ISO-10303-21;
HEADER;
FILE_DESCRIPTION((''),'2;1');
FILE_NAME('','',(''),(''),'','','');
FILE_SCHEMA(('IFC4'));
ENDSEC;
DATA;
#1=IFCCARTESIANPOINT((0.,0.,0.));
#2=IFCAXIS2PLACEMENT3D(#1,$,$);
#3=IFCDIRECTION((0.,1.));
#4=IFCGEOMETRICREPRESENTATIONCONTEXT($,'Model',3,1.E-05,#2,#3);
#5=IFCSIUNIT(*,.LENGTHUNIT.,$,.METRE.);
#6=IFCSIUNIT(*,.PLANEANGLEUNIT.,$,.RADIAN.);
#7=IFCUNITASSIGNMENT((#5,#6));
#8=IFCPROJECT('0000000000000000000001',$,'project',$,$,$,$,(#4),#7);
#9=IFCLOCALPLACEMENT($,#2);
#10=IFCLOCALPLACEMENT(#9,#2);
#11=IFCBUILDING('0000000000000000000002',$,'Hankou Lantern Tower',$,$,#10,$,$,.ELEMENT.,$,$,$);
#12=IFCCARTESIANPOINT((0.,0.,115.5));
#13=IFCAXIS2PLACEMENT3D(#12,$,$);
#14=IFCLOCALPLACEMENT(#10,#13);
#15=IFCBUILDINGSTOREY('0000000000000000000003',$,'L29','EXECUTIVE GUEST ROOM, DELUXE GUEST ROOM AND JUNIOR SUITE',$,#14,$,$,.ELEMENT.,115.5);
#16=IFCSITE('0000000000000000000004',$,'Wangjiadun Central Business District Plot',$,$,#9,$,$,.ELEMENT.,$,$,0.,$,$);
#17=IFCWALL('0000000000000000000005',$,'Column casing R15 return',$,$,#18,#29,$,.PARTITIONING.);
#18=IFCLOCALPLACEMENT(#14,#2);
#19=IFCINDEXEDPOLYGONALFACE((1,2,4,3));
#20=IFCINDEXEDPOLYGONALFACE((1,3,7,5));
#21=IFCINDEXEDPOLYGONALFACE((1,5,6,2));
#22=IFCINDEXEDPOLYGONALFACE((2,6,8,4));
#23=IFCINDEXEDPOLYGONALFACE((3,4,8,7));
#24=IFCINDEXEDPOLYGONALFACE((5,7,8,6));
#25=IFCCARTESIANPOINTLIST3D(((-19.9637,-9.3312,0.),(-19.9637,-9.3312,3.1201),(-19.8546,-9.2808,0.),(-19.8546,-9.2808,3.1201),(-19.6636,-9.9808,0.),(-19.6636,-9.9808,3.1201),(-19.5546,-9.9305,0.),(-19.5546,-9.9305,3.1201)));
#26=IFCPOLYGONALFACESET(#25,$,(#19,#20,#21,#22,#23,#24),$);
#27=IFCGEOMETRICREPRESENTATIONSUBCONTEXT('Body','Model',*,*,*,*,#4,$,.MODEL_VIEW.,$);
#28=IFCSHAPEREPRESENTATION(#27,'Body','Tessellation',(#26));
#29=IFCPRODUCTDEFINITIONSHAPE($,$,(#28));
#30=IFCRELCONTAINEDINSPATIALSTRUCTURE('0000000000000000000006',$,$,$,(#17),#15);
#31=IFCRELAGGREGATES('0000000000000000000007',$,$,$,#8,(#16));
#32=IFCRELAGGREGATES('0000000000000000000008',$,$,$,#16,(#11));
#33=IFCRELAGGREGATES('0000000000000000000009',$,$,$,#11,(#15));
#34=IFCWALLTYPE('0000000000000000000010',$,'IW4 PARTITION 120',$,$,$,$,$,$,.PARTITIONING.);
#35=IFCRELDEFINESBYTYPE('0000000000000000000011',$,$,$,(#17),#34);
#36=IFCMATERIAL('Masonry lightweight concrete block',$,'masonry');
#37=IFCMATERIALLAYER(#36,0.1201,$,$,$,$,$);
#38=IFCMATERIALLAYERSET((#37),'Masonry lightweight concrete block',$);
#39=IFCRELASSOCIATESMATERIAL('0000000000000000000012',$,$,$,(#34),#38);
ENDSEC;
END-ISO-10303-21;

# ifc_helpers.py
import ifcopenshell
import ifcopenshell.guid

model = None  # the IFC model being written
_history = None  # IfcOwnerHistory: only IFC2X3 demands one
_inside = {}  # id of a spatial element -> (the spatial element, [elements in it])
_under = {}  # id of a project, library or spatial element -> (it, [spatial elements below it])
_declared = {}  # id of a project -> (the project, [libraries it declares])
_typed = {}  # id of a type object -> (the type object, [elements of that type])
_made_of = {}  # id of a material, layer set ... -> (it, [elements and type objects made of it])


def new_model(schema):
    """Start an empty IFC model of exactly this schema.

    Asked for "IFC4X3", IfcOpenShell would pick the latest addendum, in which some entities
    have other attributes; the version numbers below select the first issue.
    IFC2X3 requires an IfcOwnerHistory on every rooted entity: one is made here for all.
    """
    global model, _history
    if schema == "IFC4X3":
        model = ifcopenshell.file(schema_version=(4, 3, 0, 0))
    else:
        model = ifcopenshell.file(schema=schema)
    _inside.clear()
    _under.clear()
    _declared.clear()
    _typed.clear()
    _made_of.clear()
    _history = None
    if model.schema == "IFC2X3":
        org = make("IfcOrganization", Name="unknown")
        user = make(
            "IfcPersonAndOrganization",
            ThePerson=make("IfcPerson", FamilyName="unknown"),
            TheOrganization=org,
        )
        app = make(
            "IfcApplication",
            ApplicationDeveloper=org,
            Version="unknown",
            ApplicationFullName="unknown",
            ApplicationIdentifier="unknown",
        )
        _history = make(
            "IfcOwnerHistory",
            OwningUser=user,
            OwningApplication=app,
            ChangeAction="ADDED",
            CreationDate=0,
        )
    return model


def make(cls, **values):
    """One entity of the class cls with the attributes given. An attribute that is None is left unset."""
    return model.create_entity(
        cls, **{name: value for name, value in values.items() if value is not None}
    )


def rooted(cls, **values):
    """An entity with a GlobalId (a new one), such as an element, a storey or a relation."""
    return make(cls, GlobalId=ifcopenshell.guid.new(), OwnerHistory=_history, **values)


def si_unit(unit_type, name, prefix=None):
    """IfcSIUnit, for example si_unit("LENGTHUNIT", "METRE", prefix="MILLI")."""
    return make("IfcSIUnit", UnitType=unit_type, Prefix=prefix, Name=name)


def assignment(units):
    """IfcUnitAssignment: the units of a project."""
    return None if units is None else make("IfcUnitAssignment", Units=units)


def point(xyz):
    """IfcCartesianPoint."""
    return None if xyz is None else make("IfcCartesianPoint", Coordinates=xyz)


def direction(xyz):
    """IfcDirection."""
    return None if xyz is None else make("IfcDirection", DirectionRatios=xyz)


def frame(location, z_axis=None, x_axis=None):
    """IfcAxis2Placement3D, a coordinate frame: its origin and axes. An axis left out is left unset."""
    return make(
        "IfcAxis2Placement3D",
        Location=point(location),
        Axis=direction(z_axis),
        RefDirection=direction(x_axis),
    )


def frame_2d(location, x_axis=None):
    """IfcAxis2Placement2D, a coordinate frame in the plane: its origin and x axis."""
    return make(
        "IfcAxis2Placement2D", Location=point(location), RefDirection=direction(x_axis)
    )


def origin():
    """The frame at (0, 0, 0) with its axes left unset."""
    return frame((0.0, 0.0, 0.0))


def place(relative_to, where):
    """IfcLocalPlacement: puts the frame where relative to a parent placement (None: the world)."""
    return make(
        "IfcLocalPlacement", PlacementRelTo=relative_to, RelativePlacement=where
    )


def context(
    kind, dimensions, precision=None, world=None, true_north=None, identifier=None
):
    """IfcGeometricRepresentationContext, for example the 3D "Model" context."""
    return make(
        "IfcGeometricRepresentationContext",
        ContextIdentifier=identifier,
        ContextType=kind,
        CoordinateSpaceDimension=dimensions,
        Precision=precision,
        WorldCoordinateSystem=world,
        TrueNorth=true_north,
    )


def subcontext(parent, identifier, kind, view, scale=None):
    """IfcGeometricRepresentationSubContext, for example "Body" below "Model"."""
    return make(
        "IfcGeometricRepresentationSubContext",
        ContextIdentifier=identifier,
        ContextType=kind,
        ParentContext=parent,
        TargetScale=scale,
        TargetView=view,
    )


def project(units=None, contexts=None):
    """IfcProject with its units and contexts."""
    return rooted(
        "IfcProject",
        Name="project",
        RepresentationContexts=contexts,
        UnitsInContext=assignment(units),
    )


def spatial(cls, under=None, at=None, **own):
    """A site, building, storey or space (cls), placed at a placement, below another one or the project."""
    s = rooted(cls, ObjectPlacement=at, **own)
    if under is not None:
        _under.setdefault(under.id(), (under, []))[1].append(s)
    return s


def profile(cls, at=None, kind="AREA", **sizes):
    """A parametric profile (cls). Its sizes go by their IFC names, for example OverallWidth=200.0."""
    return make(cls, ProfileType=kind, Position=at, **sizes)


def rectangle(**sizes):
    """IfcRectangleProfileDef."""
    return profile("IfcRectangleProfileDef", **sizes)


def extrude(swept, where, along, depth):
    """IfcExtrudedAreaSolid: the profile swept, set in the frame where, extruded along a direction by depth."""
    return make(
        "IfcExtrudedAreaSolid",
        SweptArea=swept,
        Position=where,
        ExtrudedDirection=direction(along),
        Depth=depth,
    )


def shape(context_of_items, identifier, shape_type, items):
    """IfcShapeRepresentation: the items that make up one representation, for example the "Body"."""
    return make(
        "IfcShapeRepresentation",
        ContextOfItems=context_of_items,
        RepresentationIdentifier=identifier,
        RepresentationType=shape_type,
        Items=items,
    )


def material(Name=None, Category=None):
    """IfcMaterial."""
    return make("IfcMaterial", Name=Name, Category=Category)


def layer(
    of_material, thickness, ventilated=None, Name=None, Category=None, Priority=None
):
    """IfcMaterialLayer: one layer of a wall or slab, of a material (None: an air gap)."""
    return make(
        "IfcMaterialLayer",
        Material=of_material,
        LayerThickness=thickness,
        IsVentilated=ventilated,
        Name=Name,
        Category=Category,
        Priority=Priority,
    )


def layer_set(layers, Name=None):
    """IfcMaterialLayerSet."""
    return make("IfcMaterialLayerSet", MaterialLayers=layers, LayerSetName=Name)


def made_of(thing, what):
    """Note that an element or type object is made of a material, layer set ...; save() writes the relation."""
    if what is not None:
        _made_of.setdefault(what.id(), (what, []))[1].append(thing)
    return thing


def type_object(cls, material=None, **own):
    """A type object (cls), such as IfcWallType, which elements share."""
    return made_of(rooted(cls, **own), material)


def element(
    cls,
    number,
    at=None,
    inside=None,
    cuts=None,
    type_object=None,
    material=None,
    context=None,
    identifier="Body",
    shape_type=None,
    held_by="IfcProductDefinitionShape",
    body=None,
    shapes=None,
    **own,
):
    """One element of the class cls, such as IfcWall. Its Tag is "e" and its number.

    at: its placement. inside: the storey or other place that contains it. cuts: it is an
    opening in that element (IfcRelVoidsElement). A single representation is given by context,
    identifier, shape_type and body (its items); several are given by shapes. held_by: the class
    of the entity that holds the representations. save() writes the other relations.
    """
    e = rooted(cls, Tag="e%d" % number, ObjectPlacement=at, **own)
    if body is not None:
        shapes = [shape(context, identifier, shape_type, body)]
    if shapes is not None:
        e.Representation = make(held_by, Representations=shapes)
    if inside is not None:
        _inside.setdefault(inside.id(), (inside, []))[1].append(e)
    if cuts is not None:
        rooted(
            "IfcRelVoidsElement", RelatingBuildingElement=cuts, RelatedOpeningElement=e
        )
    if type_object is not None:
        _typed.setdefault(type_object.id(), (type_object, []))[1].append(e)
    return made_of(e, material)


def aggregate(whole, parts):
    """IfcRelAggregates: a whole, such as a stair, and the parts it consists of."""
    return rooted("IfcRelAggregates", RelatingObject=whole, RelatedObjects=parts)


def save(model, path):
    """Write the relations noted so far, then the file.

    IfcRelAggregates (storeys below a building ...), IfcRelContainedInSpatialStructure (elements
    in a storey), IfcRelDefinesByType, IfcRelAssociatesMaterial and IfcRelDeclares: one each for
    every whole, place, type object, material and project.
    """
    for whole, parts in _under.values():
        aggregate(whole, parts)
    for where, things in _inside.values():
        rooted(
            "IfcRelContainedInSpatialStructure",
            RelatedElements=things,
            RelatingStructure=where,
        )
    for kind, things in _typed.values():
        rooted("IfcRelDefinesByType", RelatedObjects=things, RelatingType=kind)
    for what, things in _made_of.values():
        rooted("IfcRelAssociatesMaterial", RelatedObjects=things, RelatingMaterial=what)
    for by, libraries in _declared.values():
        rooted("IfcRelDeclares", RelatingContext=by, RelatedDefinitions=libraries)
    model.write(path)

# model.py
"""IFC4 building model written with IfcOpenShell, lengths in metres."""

from ifc_helpers import new_model, si_unit, direction, frame, frame_2d, origin, place, context, subcontext, project, spatial, rectangle, extrude, material, layer, layer_set, type_object, element, save


model = new_model("IFC4")

# Units and contexts
model_context = context("Model", 3, precision=1e-05, world=origin(), true_north=direction((0.0, 1.0)))
body_context = subcontext(model_context, "Body", "Model", "MODEL_VIEW")
ifc_project = project(units=[si_unit("LENGTHUNIT", "METRE"), si_unit("PLANEANGLEUNIT", "RADIAN")], contexts=[model_context])

# Site, building, storey
site_placement = place(None, origin())
site = spatial("IfcSite", under=ifc_project, at=site_placement, Name="Wangjiadun Central Business District Plot", CompositionType="ELEMENT", RefElevation=0.0)
building_placement = place(site_placement, origin())
building = spatial("IfcBuilding", under=site, at=building_placement, Name="Hankou Lantern Tower", CompositionType="ELEMENT")
storey_placement = place(building_placement, frame((0.0, 0.0, 115.5)))
storey = spatial("IfcBuildingStorey", under=building, at=storey_placement, Name="L29", Description="EXECUTIVE GUEST ROOM, DELUXE GUEST ROOM AND JUNIOR SUITE", CompositionType="ELEMENT", Elevation=115.5)

# Wall
ifc_material_1 = material(Name="Masonry lightweight concrete block", Category="masonry")
ifc_layer_1 = layer(ifc_material_1, 0.1201)
ifc_layer_set_1 = layer_set([ifc_layer_1], Name="Masonry lightweight concrete block")
wall_type_1 = type_object("IfcWallType", Name="IW4 PARTITION 120", PredefinedType="PARTITIONING", material=ifc_layer_set_1)
wall_1_placement = place(storey_placement, frame((-19.9092, -9.3059, 0.0), z_axis=(0.0, 0.0, 1.0), x_axis=(0.419296, -0.90785, 0.0)))
element("IfcWall", 1, at=wall_1_placement, inside=storey, type_object=wall_type_1, Name="Column casing R15 return", PredefinedType="PARTITIONING", context=body_context, shape_type="SweptSolid", body=[
    extrude(rectangle(XDim=0.7156, YDim=0.1201, at=frame_2d((0.3579, 0.0))), origin(), (0.0, 0.0, 1.0), 3.1201),
])

save(model, "model.ifc")
